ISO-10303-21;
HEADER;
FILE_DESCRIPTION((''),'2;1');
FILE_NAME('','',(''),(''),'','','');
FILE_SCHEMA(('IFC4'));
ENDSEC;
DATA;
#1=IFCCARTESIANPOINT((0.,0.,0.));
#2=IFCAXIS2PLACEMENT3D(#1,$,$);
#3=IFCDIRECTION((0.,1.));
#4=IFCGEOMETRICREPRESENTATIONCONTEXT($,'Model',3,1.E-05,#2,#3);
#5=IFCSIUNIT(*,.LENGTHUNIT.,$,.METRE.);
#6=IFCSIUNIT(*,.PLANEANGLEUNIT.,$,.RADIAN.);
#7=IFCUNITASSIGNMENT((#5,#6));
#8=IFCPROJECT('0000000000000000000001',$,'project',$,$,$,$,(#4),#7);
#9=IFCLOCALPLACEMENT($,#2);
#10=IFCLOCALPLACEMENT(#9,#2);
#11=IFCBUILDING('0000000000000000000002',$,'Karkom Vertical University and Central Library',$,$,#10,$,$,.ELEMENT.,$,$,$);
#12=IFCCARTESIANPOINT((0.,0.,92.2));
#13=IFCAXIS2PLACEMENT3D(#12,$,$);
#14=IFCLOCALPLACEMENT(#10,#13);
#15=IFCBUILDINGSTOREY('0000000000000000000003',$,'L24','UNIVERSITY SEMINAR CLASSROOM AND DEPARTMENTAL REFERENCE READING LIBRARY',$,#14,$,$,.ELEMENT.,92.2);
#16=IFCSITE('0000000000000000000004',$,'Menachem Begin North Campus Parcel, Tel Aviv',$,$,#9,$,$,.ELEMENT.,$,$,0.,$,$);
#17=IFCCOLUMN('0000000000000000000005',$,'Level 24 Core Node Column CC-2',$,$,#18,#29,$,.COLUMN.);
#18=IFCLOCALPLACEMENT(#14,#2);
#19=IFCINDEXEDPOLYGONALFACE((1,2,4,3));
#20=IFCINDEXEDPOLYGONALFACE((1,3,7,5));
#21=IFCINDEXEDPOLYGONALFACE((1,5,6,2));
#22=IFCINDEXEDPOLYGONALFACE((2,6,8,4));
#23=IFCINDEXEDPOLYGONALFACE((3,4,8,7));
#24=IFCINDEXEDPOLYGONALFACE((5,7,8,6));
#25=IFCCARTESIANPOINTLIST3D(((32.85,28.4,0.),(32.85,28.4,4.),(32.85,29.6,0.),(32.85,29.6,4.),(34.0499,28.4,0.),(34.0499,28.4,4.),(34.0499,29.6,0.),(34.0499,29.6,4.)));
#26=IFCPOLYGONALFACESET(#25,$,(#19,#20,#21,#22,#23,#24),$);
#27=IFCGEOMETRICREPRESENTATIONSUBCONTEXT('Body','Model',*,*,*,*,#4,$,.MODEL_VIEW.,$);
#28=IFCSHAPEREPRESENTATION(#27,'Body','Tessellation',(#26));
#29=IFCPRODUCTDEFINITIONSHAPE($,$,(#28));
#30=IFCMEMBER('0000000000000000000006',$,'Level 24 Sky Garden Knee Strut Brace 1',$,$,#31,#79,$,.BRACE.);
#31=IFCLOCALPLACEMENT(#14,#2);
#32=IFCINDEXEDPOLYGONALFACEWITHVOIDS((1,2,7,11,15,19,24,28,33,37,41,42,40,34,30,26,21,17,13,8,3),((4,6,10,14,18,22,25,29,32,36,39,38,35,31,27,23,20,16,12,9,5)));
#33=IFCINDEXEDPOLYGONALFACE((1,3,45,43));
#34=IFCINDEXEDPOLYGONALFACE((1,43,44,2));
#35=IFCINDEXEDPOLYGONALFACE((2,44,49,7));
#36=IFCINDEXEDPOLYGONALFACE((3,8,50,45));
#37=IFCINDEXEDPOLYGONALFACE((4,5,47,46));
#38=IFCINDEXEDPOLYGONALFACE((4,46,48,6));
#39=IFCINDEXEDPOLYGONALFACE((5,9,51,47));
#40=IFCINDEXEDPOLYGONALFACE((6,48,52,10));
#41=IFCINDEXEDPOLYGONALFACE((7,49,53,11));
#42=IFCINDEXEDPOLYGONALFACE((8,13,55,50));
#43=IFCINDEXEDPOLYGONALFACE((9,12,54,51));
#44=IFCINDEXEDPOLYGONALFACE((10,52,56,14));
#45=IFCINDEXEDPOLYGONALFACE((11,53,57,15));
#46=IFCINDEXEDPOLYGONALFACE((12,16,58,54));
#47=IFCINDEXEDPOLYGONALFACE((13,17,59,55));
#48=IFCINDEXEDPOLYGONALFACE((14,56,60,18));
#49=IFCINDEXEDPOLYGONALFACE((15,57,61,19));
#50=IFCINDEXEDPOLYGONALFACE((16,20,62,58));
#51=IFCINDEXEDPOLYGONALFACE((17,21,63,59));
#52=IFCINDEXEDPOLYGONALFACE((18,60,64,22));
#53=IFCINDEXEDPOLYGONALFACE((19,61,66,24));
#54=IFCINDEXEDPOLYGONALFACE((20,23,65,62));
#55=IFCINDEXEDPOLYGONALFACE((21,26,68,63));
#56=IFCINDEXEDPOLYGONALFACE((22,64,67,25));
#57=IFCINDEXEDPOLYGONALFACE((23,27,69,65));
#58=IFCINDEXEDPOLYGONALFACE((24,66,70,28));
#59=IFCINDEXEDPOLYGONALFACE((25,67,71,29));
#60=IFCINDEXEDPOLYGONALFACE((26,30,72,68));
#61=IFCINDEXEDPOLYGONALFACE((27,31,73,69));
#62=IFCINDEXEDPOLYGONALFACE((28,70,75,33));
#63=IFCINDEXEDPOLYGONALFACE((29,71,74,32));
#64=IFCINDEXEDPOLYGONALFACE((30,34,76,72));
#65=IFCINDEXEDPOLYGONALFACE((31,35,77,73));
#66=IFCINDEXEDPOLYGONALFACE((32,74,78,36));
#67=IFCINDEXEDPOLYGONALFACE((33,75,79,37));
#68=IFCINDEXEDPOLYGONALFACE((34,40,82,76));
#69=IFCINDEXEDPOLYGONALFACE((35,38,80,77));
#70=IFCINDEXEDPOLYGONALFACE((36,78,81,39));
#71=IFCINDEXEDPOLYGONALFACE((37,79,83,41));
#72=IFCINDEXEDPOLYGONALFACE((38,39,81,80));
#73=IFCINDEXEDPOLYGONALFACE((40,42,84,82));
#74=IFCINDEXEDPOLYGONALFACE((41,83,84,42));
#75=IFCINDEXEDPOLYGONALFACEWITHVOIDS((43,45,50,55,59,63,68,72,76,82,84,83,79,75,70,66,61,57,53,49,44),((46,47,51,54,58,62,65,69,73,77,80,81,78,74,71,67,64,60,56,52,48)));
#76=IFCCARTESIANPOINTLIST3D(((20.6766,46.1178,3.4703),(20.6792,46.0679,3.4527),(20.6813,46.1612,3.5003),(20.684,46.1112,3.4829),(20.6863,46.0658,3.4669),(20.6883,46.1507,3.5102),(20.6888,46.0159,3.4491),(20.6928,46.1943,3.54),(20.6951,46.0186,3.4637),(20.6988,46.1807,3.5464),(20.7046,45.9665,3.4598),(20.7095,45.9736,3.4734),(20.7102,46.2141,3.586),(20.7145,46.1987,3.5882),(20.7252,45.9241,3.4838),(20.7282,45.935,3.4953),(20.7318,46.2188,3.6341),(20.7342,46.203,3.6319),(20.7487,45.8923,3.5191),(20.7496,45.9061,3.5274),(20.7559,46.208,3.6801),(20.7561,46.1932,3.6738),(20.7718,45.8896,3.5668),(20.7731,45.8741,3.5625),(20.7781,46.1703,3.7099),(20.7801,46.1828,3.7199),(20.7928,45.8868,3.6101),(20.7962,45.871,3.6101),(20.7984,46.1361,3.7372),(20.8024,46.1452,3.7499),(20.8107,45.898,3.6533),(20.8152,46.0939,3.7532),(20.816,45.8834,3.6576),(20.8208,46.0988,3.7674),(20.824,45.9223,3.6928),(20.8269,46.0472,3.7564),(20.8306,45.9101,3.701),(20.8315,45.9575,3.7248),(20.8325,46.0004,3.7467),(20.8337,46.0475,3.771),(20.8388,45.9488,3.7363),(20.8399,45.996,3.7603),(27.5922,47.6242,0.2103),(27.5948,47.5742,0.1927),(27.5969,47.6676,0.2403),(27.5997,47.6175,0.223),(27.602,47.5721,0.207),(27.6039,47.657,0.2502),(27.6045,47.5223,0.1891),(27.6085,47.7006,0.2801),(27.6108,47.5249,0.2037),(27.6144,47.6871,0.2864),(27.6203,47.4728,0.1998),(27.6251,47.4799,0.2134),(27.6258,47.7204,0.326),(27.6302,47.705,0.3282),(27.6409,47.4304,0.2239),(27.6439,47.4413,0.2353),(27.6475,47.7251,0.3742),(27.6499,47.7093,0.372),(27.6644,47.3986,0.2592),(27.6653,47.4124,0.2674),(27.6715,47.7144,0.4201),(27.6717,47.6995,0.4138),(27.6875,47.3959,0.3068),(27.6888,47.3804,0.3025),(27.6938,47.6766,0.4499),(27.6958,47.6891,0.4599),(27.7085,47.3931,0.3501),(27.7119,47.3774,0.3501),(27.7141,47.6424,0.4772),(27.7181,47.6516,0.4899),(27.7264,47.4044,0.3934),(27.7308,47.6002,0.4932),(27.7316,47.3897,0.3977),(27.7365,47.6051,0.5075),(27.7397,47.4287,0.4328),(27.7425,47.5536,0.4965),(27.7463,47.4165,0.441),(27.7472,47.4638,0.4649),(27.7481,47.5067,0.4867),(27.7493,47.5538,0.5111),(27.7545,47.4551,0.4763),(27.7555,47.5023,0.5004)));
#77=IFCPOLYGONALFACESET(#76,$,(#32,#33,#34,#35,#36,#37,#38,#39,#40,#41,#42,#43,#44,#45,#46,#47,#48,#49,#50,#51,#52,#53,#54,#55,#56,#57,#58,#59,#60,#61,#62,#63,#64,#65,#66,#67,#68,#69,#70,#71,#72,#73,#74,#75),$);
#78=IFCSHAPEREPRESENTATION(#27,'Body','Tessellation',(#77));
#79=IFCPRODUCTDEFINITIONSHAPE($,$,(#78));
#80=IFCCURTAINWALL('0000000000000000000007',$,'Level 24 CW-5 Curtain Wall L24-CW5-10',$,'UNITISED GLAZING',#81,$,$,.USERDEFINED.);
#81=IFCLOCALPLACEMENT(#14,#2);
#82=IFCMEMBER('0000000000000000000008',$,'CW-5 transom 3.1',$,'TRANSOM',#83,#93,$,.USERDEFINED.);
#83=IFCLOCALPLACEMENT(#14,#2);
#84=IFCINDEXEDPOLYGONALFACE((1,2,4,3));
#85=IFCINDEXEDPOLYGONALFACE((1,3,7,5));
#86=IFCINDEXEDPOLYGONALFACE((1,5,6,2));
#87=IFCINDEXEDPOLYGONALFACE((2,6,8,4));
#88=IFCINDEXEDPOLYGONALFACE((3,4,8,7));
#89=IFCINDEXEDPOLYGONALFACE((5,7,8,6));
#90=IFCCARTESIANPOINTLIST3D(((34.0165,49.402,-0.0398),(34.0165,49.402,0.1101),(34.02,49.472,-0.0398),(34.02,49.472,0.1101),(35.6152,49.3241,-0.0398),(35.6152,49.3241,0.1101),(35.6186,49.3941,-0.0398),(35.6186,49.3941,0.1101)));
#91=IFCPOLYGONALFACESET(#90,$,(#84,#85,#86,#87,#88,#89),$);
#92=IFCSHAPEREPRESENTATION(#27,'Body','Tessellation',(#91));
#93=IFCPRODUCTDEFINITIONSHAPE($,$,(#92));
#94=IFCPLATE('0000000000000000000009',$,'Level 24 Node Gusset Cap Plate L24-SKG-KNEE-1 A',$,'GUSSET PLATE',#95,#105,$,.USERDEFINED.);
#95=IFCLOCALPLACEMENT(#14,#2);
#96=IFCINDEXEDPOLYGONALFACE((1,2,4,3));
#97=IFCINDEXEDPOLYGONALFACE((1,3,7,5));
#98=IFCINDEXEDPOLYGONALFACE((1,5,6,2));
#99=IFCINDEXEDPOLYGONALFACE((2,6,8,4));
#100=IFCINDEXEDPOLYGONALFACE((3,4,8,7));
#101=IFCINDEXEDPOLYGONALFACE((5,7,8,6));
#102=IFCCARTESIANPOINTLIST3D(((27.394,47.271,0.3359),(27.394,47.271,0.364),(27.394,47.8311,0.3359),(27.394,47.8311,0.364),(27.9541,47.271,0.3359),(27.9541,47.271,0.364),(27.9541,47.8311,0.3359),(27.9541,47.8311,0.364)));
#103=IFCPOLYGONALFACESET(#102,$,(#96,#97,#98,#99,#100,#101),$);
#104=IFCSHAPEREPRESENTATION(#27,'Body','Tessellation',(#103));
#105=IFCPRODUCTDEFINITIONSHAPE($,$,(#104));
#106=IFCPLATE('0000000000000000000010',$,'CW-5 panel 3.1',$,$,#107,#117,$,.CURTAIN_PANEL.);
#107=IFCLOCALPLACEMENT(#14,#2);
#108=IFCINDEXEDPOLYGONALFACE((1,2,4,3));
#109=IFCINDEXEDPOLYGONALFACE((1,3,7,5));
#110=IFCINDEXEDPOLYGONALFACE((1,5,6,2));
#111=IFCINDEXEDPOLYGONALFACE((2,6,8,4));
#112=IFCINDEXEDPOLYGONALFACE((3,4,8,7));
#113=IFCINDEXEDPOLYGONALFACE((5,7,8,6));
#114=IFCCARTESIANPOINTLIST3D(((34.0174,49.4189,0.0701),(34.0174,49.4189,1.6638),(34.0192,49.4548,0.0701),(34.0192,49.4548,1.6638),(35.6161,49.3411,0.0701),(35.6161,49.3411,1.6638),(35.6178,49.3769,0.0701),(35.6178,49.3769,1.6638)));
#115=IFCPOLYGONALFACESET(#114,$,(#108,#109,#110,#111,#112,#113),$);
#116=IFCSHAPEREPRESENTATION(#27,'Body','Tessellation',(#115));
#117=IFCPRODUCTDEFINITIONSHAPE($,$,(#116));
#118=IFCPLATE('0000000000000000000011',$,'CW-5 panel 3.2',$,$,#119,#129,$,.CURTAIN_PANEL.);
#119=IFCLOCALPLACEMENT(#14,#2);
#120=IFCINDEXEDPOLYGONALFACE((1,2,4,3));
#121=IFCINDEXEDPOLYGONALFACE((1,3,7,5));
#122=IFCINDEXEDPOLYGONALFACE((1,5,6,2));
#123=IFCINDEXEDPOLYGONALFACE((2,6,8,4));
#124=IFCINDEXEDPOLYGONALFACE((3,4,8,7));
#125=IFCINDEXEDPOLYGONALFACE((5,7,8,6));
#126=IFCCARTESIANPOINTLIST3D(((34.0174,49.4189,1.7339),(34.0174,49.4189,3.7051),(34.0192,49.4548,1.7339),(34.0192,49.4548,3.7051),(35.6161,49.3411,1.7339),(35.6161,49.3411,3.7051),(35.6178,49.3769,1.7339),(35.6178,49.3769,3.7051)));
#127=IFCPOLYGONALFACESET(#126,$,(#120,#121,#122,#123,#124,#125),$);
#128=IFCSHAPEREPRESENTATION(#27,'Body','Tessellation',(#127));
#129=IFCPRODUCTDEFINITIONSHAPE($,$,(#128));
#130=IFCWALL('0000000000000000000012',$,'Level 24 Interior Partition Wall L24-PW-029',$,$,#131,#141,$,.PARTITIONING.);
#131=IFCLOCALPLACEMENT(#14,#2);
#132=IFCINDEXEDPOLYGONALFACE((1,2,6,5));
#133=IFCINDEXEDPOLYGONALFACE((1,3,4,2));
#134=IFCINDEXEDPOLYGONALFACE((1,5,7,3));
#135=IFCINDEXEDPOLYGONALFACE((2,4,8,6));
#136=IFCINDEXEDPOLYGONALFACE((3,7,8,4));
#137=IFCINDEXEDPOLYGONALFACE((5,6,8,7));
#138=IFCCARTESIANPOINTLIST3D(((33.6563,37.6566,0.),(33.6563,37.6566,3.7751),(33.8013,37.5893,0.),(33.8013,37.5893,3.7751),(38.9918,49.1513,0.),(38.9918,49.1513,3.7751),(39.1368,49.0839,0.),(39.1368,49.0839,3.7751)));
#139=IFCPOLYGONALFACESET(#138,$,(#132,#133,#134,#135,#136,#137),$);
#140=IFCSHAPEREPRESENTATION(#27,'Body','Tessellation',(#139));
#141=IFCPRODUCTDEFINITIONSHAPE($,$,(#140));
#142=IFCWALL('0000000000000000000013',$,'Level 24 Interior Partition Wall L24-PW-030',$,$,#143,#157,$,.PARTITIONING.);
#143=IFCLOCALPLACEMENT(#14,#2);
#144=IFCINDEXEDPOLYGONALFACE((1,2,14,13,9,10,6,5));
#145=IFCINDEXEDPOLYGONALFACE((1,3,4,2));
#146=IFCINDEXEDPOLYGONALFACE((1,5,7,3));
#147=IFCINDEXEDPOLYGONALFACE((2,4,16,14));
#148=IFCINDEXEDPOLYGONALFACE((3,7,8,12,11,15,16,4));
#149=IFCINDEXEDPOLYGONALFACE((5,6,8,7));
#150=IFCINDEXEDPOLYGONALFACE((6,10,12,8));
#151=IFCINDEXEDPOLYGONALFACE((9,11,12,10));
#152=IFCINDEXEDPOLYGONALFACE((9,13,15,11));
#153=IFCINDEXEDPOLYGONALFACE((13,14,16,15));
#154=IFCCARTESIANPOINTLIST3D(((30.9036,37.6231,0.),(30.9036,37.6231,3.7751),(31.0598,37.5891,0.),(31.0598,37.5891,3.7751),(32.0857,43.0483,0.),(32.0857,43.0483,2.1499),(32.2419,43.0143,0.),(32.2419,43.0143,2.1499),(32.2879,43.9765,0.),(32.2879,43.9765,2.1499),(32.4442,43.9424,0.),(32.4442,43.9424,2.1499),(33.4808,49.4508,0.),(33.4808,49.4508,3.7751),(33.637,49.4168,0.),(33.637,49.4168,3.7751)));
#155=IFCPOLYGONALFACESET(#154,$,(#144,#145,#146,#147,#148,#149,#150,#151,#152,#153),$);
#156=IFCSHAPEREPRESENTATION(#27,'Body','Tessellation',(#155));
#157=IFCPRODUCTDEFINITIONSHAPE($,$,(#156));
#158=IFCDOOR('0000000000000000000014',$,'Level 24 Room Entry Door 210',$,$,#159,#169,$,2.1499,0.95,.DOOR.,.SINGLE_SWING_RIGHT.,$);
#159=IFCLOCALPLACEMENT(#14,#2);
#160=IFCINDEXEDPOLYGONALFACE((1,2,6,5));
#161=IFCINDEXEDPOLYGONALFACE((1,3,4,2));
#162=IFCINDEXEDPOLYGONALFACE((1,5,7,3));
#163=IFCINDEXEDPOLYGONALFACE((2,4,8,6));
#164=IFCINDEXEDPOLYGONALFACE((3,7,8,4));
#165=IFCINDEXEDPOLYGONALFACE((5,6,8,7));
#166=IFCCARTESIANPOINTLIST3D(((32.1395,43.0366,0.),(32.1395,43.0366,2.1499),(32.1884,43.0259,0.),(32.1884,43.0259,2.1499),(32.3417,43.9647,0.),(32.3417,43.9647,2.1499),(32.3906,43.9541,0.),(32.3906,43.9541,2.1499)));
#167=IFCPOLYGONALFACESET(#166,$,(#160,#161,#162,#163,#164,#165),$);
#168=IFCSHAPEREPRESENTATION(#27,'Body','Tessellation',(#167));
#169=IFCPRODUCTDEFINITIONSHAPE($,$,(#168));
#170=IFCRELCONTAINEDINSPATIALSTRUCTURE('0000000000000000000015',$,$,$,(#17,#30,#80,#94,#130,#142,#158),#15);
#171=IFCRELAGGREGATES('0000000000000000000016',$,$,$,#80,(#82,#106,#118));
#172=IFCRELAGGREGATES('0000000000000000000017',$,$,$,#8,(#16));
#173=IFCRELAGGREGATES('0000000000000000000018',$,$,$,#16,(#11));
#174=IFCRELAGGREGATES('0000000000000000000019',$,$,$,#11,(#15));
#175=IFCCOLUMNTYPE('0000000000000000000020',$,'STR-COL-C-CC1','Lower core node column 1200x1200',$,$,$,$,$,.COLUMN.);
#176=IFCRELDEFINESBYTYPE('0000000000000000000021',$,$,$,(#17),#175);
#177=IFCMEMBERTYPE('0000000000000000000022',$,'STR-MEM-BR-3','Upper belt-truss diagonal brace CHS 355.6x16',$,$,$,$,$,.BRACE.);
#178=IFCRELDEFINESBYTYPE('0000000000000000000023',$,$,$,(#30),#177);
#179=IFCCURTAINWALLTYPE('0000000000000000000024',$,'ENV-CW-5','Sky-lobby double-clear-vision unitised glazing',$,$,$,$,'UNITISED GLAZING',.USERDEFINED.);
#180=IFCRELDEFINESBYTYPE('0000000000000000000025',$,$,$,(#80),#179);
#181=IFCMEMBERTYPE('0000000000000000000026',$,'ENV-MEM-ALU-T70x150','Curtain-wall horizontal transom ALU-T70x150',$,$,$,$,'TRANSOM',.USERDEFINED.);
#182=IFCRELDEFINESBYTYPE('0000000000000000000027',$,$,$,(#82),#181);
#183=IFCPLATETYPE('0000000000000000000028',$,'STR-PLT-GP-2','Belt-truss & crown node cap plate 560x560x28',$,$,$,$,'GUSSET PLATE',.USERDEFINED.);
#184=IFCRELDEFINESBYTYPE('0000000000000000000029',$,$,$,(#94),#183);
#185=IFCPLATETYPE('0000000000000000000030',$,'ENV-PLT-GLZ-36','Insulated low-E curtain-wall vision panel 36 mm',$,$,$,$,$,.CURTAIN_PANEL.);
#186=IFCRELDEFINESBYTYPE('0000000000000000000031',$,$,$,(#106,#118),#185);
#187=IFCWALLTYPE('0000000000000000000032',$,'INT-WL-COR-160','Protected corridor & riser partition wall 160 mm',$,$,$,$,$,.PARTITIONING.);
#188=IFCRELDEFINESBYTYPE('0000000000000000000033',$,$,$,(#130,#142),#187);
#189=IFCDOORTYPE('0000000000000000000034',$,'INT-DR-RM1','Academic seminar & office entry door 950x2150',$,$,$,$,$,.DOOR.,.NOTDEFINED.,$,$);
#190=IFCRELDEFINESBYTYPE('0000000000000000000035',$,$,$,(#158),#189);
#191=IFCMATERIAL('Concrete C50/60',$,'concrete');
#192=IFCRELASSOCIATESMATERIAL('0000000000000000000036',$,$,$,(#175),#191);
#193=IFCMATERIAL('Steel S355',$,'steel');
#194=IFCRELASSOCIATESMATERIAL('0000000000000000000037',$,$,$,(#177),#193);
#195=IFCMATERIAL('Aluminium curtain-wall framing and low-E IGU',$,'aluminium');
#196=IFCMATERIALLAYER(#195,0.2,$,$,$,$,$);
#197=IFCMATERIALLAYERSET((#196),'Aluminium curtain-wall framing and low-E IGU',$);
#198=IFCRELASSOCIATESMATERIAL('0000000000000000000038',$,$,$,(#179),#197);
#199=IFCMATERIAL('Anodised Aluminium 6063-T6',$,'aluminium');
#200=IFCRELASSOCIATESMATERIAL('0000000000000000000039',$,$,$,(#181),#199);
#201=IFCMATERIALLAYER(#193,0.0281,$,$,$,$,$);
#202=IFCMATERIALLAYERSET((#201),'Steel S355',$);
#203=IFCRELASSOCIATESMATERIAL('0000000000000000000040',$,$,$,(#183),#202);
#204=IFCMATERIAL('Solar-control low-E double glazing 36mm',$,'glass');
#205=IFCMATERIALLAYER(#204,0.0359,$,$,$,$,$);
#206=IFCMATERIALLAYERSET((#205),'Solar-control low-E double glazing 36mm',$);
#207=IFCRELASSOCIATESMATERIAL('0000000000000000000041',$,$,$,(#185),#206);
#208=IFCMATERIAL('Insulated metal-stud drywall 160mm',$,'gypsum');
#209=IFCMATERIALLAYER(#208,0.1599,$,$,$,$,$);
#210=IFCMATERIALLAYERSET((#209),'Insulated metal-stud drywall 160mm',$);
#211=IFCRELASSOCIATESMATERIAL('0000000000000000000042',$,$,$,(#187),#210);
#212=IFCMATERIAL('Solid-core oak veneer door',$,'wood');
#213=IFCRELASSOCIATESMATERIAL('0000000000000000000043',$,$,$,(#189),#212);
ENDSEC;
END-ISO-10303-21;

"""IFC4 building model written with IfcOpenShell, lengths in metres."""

from ifc_helpers import new_model, si_unit, direction, frame, frame_2d, origin, origin_with_axes, origin_2d, place, context, subcontext, project, spatial, rectangle, hollow_circle, extrude, source, transform, mapped, material, layer, layer_set, material_profile, profile_set, type_object, element, fill, aggregate, save


model = new_model("IFC4")

# Units and contexts
model_context = context("Model", 3, precision=1e-05, world=origin(), true_north=direction((0.0, 1.0)))
body_context = subcontext(model_context, "Body", "Model", "MODEL_VIEW")
ifc_project = project(units=[si_unit("LENGTHUNIT", "METRE"), si_unit("PLANEANGLEUNIT", "RADIAN")], contexts=[model_context])

# Site, building, storey
site_placement = place(None, origin())
site = spatial("IfcSite", under=ifc_project, at=site_placement, Name="Menachem Begin North Campus Parcel, Tel Aviv", CompositionType="ELEMENT", RefElevation=0.0)
building_placement = place(site_placement, origin())
building = spatial("IfcBuilding", under=site, at=building_placement, Name="Karkom Vertical University and Central Library", CompositionType="ELEMENT")
storey_placement = place(building_placement, frame((0.0, 0.0, 92.2)))
storey = spatial("IfcBuildingStorey", under=building, at=storey_placement, Name="L24", Description="UNIVERSITY SEMINAR CLASSROOM AND DEPARTMENTAL REFERENCE READING LIBRARY", CompositionType="ELEMENT", Elevation=92.2)

# Column
ifc_material_1 = material(Name="Concrete C50/60", Category="concrete")
ifc_material_profile_1 = material_profile(ifc_material_1, rectangle(XDim=1.2, YDim=1.2, at=origin_2d()), Name="RC-1200x1200")
ifc_profile_set_1 = profile_set([ifc_material_profile_1], Name="Concrete C50/60")
column_type = type_object("IfcColumnType", Name="STR-COL-C-CC1", Description="Lower core node column 1200x1200", PredefinedType="COLUMN", material=ifc_profile_set_1)
shared_shape_1 = source(origin_with_axes(), body_context, "Body", "SweptSolid", [
    extrude(rectangle(XDim=1.2, YDim=1.2, at=origin_2d()), origin(), (0.0, 0.0, 1.0), 4.0),
])
column_placement = place(storey_placement, frame((33.45, 29.0, 0.0), z_axis=(0.0, 0.0, 1.0), x_axis=(1.0, 0.0, 0.0)))
element("IfcColumn", 1, at=column_placement, inside=storey, type_object=column_type, Name="Level 24 Core Node Column CC-2", PredefinedType="COLUMN", context=body_context, shape_type="MappedRepresentation", body=[
    mapped(shared_shape_1, transform((0.0, 0.0, 0.0), scale=1.0)),
])

# Member
ifc_material_2 = material(Name="Steel S355", Category="steel")
ifc_material_profile_2 = material_profile(ifc_material_2, hollow_circle(Radius=0.1777, WallThickness=0.0161, at=origin_2d()), Name="CHS 355.6x16")
ifc_profile_set_2 = profile_set([ifc_material_profile_2], Name="Steel S355")
member_type_1 = type_object("IfcMemberType", Name="STR-MEM-BR-3", Description="Upper belt-truss diagonal brace CHS 355.6x16", PredefinedType="BRACE", material=ifc_profile_set_2)
shared_shape_2 = source(origin_with_axes(), body_context, "Body", "SweptSolid", [
    extrude(hollow_circle(Radius=0.1777, WallThickness=0.0161, at=origin_2d()), origin(), (0.0, 0.0, 1.0), 7.7925),
])
member_1_placement = place(storey_placement, frame((27.6741, 47.551, 0.3501), z_axis=(-0.887479, -0.193305, 0.418347), x_axis=(0.212823, -0.977091, 0.0)))
element("IfcMember", 2, at=member_1_placement, inside=storey, type_object=member_type_1, Name="Level 24 Sky Garden Knee Strut Brace 1", PredefinedType="BRACE", context=body_context, shape_type="MappedRepresentation", body=[
    mapped(shared_shape_2, transform((0.0, 0.0, 0.0), scale=1.0)),
])

# Curtain wall, member
ifc_material_3 = material(Name="Aluminium curtain-wall framing and low-E IGU", Category="aluminium")
ifc_layer_1 = layer(ifc_material_3, 0.2)
ifc_layer_set_1 = layer_set([ifc_layer_1], Name="Aluminium curtain-wall framing and low-E IGU")
curtain_wall_type = type_object("IfcCurtainWallType", Name="ENV-CW-5", Description="Sky-lobby double-clear-vision unitised glazing", ElementType="UNITISED GLAZING", PredefinedType="USERDEFINED", material=ifc_layer_set_1)
curtain_wall_placement = place(storey_placement, origin())
curtain_wall = element("IfcCurtainWall", 3, at=curtain_wall_placement, inside=storey, type_object=curtain_wall_type, Name="Level 24 CW-5 Curtain Wall L24-CW5-10", ObjectType="UNITISED GLAZING", PredefinedType="USERDEFINED")
ifc_material_4 = material(Name="Anodised Aluminium 6063-T6", Category="aluminium")
ifc_material_profile_3 = material_profile(ifc_material_4, rectangle(XDim=0.0701, YDim=0.1499, at=origin_2d()), Name="ALU-T70x150")
ifc_profile_set_3 = profile_set([ifc_material_profile_3], Name="Anodised Aluminium 6063-T6")
member_type_2 = type_object("IfcMemberType", Name="ENV-MEM-ALU-T70x150", Description="Curtain-wall horizontal transom ALU-T70x150", ElementType="TRANSOM", PredefinedType="USERDEFINED", material=ifc_profile_set_3)
shared_shape_3 = source(origin_with_axes(), body_context, "Body", "SweptSolid", [
    extrude(rectangle(XDim=0.0701, YDim=0.1499, at=origin_2d()), origin(), (0.0, 0.0, 1.0), 1.6006),
])
member_2_placement = place(storey_placement, frame((35.6169, 49.3591, 0.0352), z_axis=(-0.998815, 0.048659, 0.0), x_axis=(-0.048659, -0.998815, 0.0)))
member_2 = element("IfcMember", 4, at=member_2_placement, type_object=member_type_2, Name="CW-5 transom 3.1", ObjectType="TRANSOM", PredefinedType="USERDEFINED", context=body_context, shape_type="MappedRepresentation", body=[
    mapped(shared_shape_3, transform((0.0, 0.0, 0.0), scale=1.0)),
])

# Plates
ifc_layer_2 = layer(ifc_material_2, 0.0281)
ifc_layer_set_2 = layer_set([ifc_layer_2], Name="Steel S355")
plate_type_1 = type_object("IfcPlateType", Name="STR-PLT-GP-2", Description="Belt-truss & crown node cap plate 560x560x28", ElementType="GUSSET PLATE", PredefinedType="USERDEFINED", material=ifc_layer_set_2)
shared_shape_4 = source(origin_with_axes(), body_context, "Body", "SweptSolid", [
    extrude(rectangle(XDim=0.5601, YDim=0.5601, at=origin_2d()), origin(), (0.0, 0.0, 1.0), 0.0281),
])
plate_1_placement = place(storey_placement, frame((27.6741, 47.551, 0.3359), z_axis=(0.0, 0.0, 1.0), x_axis=(1.0, 0.0, 0.0)))
element("IfcPlate", 5, at=plate_1_placement, inside=storey, type_object=plate_type_1, Name="Level 24 Node Gusset Cap Plate L24-SKG-KNEE-1 A", ObjectType="GUSSET PLATE", PredefinedType="USERDEFINED", context=body_context, shape_type="MappedRepresentation", body=[
    mapped(shared_shape_4, transform((0.0, 0.0, 0.0), scale=1.0)),
])
ifc_material_5 = material(Name="Solar-control low-E double glazing 36mm", Category="glass")
ifc_layer_3 = layer(ifc_material_5, 0.0359)
ifc_layer_set_3 = layer_set([ifc_layer_3], Name="Solar-control low-E double glazing 36mm")
plate_type_2 = type_object("IfcPlateType", Name="ENV-PLT-GLZ-36", Description="Insulated low-E curtain-wall vision panel 36 mm", PredefinedType="CURTAIN_PANEL", material=ifc_layer_set_3)
shared_shape_5 = source(origin_with_axes(), body_context, "Body", "SweptSolid", [
    extrude(rectangle(XDim=1.6006, YDim=0.0359, at=origin_2d()), origin(), (0.0, 0.0, 1.0), 1.5938),
])
plate_2_placement = place(storey_placement, frame((34.8176, 49.3979, 0.0701), z_axis=(0.0, 0.0, 1.0), x_axis=(-0.998817, 0.048636, 0.0)))
plate_2 = element("IfcPlate", 6, at=plate_2_placement, type_object=plate_type_2, Name="CW-5 panel 3.1", PredefinedType="CURTAIN_PANEL", context=body_context, shape_type="MappedRepresentation", body=[
    mapped(shared_shape_5, transform((0.0, 0.0, 0.0), scale=1.0)),
])
shared_shape_6 = source(origin_with_axes(), body_context, "Body", "SweptSolid", [
    extrude(rectangle(XDim=1.6006, YDim=0.0359, at=origin_2d()), origin(), (0.0, 0.0, 1.0), 1.9712),
])
plate_3_placement = place(storey_placement, frame((34.8176, 49.3979, 1.7339), z_axis=(0.0, 0.0, 1.0), x_axis=(-0.998817, 0.048636, 0.0)))
plate_3 = element("IfcPlate", 7, at=plate_3_placement, type_object=plate_type_2, Name="CW-5 panel 3.2", PredefinedType="CURTAIN_PANEL", context=body_context, shape_type="MappedRepresentation", body=[
    mapped(shared_shape_6, transform((0.0, 0.0, 0.0), scale=1.0)),
])
aggregate(curtain_wall, [member_2, plate_2, plate_3])

# Wall
ifc_material_6 = material(Name="Insulated metal-stud drywall 160mm", Category="gypsum")
ifc_layer_4 = layer(ifc_material_6, 0.1599)
ifc_layer_set_4 = layer_set([ifc_layer_4], Name="Insulated metal-stud drywall 160mm")
wall_type_1 = type_object("IfcWallType", Name="INT-WL-COR-160", Description="Protected corridor & riser partition wall 160 mm", PredefinedType="PARTITIONING", material=ifc_layer_set_4)
wall_1_placement = place(storey_placement, frame((33.7288, 37.6228, 0.0), z_axis=(0.0, 0.0, 1.0), x_axis=(0.421024, 0.907049, 0.0)))
element("IfcWall", 8, at=wall_1_placement, inside=storey, type_object=wall_type_1, Name="Level 24 Interior Partition Wall L24-PW-029", PredefinedType="PARTITIONING", context=body_context, shape_type="SweptSolid", body=[
    extrude(rectangle(XDim=12.6726, YDim=0.1599, at=frame_2d((6.3364, 0.0))), origin(), (0.0, 0.0, 1.0), 3.7751),
])

# Wall, opening, door
wall_2_placement = place(storey_placement, frame((30.9817, 37.606, 0.0), z_axis=(0.0, 0.0, 1.0), x_axis=(0.212897, 0.977075, 0.0)))
wall_2 = element("IfcWall", 9, at=wall_2_placement, inside=storey, type_object=wall_type_1, Name="Level 24 Interior Partition Wall L24-PW-030", PredefinedType="PARTITIONING", context=body_context, shape_type="SweptSolid", body=[
    extrude(rectangle(XDim=12.1052, YDim=0.1599, at=frame_2d((6.0527, 0.0))), origin(), (0.0, 0.0, 1.0), 3.7751),
])
opening_1_placement = place(wall_2_placement, frame((5.5525, 0.0, 0.0)))
opening_1 = element("IfcOpeningElement", 10, at=opening_1_placement, cuts=wall_2, PredefinedType="OPENING", context=body_context, shape_type="SweptSolid", body=[
    extrude(rectangle(XDim=0.95, YDim=2.1499, at=frame_2d((0.4751, 1.075))), frame((0.0, 0.0898, 0.0), z_axis=(0.0, -1.0, 0.0), x_axis=(1.0, 0.0, 0.0)), (0.0, 0.0, 1.0), 0.1799),
])
ifc_material_7 = material(Name="Solid-core oak veneer door", Category="wood")
door_type_1 = type_object("IfcDoorType", Name="INT-DR-RM1", Description="Academic seminar & office entry door 950x2150", OperationType="NOTDEFINED", PredefinedType="DOOR", material=ifc_material_7)
shared_shape_7 = source(origin_with_axes(), body_context, "Body", "SweptSolid", [
    extrude(rectangle(XDim=0.95, YDim=2.1499, at=frame_2d((0.4751, 1.075))), frame((0.0, 0.0249, 0.0), z_axis=(0.0, -1.0, 0.0), x_axis=(1.0, 0.0, 0.0)), (0.0, 0.0, 1.0), 0.05),
])
door_1_placement = place(opening_1_placement, origin())
door_1 = element("IfcDoor", 11, at=door_1_placement, inside=storey, type_object=door_type_1, Name="Level 24 Room Entry Door 210", OperationType="SINGLE_SWING_RIGHT", OverallHeight=2.1499, OverallWidth=0.95, PredefinedType="DOOR", context=body_context, shape_type="MappedRepresentation", body=[
    mapped(shared_shape_7, transform((0.0, 0.0, 0.0), scale=1.0)),
])
fill(opening_1, door_1)

save(model, "model.ifc")
